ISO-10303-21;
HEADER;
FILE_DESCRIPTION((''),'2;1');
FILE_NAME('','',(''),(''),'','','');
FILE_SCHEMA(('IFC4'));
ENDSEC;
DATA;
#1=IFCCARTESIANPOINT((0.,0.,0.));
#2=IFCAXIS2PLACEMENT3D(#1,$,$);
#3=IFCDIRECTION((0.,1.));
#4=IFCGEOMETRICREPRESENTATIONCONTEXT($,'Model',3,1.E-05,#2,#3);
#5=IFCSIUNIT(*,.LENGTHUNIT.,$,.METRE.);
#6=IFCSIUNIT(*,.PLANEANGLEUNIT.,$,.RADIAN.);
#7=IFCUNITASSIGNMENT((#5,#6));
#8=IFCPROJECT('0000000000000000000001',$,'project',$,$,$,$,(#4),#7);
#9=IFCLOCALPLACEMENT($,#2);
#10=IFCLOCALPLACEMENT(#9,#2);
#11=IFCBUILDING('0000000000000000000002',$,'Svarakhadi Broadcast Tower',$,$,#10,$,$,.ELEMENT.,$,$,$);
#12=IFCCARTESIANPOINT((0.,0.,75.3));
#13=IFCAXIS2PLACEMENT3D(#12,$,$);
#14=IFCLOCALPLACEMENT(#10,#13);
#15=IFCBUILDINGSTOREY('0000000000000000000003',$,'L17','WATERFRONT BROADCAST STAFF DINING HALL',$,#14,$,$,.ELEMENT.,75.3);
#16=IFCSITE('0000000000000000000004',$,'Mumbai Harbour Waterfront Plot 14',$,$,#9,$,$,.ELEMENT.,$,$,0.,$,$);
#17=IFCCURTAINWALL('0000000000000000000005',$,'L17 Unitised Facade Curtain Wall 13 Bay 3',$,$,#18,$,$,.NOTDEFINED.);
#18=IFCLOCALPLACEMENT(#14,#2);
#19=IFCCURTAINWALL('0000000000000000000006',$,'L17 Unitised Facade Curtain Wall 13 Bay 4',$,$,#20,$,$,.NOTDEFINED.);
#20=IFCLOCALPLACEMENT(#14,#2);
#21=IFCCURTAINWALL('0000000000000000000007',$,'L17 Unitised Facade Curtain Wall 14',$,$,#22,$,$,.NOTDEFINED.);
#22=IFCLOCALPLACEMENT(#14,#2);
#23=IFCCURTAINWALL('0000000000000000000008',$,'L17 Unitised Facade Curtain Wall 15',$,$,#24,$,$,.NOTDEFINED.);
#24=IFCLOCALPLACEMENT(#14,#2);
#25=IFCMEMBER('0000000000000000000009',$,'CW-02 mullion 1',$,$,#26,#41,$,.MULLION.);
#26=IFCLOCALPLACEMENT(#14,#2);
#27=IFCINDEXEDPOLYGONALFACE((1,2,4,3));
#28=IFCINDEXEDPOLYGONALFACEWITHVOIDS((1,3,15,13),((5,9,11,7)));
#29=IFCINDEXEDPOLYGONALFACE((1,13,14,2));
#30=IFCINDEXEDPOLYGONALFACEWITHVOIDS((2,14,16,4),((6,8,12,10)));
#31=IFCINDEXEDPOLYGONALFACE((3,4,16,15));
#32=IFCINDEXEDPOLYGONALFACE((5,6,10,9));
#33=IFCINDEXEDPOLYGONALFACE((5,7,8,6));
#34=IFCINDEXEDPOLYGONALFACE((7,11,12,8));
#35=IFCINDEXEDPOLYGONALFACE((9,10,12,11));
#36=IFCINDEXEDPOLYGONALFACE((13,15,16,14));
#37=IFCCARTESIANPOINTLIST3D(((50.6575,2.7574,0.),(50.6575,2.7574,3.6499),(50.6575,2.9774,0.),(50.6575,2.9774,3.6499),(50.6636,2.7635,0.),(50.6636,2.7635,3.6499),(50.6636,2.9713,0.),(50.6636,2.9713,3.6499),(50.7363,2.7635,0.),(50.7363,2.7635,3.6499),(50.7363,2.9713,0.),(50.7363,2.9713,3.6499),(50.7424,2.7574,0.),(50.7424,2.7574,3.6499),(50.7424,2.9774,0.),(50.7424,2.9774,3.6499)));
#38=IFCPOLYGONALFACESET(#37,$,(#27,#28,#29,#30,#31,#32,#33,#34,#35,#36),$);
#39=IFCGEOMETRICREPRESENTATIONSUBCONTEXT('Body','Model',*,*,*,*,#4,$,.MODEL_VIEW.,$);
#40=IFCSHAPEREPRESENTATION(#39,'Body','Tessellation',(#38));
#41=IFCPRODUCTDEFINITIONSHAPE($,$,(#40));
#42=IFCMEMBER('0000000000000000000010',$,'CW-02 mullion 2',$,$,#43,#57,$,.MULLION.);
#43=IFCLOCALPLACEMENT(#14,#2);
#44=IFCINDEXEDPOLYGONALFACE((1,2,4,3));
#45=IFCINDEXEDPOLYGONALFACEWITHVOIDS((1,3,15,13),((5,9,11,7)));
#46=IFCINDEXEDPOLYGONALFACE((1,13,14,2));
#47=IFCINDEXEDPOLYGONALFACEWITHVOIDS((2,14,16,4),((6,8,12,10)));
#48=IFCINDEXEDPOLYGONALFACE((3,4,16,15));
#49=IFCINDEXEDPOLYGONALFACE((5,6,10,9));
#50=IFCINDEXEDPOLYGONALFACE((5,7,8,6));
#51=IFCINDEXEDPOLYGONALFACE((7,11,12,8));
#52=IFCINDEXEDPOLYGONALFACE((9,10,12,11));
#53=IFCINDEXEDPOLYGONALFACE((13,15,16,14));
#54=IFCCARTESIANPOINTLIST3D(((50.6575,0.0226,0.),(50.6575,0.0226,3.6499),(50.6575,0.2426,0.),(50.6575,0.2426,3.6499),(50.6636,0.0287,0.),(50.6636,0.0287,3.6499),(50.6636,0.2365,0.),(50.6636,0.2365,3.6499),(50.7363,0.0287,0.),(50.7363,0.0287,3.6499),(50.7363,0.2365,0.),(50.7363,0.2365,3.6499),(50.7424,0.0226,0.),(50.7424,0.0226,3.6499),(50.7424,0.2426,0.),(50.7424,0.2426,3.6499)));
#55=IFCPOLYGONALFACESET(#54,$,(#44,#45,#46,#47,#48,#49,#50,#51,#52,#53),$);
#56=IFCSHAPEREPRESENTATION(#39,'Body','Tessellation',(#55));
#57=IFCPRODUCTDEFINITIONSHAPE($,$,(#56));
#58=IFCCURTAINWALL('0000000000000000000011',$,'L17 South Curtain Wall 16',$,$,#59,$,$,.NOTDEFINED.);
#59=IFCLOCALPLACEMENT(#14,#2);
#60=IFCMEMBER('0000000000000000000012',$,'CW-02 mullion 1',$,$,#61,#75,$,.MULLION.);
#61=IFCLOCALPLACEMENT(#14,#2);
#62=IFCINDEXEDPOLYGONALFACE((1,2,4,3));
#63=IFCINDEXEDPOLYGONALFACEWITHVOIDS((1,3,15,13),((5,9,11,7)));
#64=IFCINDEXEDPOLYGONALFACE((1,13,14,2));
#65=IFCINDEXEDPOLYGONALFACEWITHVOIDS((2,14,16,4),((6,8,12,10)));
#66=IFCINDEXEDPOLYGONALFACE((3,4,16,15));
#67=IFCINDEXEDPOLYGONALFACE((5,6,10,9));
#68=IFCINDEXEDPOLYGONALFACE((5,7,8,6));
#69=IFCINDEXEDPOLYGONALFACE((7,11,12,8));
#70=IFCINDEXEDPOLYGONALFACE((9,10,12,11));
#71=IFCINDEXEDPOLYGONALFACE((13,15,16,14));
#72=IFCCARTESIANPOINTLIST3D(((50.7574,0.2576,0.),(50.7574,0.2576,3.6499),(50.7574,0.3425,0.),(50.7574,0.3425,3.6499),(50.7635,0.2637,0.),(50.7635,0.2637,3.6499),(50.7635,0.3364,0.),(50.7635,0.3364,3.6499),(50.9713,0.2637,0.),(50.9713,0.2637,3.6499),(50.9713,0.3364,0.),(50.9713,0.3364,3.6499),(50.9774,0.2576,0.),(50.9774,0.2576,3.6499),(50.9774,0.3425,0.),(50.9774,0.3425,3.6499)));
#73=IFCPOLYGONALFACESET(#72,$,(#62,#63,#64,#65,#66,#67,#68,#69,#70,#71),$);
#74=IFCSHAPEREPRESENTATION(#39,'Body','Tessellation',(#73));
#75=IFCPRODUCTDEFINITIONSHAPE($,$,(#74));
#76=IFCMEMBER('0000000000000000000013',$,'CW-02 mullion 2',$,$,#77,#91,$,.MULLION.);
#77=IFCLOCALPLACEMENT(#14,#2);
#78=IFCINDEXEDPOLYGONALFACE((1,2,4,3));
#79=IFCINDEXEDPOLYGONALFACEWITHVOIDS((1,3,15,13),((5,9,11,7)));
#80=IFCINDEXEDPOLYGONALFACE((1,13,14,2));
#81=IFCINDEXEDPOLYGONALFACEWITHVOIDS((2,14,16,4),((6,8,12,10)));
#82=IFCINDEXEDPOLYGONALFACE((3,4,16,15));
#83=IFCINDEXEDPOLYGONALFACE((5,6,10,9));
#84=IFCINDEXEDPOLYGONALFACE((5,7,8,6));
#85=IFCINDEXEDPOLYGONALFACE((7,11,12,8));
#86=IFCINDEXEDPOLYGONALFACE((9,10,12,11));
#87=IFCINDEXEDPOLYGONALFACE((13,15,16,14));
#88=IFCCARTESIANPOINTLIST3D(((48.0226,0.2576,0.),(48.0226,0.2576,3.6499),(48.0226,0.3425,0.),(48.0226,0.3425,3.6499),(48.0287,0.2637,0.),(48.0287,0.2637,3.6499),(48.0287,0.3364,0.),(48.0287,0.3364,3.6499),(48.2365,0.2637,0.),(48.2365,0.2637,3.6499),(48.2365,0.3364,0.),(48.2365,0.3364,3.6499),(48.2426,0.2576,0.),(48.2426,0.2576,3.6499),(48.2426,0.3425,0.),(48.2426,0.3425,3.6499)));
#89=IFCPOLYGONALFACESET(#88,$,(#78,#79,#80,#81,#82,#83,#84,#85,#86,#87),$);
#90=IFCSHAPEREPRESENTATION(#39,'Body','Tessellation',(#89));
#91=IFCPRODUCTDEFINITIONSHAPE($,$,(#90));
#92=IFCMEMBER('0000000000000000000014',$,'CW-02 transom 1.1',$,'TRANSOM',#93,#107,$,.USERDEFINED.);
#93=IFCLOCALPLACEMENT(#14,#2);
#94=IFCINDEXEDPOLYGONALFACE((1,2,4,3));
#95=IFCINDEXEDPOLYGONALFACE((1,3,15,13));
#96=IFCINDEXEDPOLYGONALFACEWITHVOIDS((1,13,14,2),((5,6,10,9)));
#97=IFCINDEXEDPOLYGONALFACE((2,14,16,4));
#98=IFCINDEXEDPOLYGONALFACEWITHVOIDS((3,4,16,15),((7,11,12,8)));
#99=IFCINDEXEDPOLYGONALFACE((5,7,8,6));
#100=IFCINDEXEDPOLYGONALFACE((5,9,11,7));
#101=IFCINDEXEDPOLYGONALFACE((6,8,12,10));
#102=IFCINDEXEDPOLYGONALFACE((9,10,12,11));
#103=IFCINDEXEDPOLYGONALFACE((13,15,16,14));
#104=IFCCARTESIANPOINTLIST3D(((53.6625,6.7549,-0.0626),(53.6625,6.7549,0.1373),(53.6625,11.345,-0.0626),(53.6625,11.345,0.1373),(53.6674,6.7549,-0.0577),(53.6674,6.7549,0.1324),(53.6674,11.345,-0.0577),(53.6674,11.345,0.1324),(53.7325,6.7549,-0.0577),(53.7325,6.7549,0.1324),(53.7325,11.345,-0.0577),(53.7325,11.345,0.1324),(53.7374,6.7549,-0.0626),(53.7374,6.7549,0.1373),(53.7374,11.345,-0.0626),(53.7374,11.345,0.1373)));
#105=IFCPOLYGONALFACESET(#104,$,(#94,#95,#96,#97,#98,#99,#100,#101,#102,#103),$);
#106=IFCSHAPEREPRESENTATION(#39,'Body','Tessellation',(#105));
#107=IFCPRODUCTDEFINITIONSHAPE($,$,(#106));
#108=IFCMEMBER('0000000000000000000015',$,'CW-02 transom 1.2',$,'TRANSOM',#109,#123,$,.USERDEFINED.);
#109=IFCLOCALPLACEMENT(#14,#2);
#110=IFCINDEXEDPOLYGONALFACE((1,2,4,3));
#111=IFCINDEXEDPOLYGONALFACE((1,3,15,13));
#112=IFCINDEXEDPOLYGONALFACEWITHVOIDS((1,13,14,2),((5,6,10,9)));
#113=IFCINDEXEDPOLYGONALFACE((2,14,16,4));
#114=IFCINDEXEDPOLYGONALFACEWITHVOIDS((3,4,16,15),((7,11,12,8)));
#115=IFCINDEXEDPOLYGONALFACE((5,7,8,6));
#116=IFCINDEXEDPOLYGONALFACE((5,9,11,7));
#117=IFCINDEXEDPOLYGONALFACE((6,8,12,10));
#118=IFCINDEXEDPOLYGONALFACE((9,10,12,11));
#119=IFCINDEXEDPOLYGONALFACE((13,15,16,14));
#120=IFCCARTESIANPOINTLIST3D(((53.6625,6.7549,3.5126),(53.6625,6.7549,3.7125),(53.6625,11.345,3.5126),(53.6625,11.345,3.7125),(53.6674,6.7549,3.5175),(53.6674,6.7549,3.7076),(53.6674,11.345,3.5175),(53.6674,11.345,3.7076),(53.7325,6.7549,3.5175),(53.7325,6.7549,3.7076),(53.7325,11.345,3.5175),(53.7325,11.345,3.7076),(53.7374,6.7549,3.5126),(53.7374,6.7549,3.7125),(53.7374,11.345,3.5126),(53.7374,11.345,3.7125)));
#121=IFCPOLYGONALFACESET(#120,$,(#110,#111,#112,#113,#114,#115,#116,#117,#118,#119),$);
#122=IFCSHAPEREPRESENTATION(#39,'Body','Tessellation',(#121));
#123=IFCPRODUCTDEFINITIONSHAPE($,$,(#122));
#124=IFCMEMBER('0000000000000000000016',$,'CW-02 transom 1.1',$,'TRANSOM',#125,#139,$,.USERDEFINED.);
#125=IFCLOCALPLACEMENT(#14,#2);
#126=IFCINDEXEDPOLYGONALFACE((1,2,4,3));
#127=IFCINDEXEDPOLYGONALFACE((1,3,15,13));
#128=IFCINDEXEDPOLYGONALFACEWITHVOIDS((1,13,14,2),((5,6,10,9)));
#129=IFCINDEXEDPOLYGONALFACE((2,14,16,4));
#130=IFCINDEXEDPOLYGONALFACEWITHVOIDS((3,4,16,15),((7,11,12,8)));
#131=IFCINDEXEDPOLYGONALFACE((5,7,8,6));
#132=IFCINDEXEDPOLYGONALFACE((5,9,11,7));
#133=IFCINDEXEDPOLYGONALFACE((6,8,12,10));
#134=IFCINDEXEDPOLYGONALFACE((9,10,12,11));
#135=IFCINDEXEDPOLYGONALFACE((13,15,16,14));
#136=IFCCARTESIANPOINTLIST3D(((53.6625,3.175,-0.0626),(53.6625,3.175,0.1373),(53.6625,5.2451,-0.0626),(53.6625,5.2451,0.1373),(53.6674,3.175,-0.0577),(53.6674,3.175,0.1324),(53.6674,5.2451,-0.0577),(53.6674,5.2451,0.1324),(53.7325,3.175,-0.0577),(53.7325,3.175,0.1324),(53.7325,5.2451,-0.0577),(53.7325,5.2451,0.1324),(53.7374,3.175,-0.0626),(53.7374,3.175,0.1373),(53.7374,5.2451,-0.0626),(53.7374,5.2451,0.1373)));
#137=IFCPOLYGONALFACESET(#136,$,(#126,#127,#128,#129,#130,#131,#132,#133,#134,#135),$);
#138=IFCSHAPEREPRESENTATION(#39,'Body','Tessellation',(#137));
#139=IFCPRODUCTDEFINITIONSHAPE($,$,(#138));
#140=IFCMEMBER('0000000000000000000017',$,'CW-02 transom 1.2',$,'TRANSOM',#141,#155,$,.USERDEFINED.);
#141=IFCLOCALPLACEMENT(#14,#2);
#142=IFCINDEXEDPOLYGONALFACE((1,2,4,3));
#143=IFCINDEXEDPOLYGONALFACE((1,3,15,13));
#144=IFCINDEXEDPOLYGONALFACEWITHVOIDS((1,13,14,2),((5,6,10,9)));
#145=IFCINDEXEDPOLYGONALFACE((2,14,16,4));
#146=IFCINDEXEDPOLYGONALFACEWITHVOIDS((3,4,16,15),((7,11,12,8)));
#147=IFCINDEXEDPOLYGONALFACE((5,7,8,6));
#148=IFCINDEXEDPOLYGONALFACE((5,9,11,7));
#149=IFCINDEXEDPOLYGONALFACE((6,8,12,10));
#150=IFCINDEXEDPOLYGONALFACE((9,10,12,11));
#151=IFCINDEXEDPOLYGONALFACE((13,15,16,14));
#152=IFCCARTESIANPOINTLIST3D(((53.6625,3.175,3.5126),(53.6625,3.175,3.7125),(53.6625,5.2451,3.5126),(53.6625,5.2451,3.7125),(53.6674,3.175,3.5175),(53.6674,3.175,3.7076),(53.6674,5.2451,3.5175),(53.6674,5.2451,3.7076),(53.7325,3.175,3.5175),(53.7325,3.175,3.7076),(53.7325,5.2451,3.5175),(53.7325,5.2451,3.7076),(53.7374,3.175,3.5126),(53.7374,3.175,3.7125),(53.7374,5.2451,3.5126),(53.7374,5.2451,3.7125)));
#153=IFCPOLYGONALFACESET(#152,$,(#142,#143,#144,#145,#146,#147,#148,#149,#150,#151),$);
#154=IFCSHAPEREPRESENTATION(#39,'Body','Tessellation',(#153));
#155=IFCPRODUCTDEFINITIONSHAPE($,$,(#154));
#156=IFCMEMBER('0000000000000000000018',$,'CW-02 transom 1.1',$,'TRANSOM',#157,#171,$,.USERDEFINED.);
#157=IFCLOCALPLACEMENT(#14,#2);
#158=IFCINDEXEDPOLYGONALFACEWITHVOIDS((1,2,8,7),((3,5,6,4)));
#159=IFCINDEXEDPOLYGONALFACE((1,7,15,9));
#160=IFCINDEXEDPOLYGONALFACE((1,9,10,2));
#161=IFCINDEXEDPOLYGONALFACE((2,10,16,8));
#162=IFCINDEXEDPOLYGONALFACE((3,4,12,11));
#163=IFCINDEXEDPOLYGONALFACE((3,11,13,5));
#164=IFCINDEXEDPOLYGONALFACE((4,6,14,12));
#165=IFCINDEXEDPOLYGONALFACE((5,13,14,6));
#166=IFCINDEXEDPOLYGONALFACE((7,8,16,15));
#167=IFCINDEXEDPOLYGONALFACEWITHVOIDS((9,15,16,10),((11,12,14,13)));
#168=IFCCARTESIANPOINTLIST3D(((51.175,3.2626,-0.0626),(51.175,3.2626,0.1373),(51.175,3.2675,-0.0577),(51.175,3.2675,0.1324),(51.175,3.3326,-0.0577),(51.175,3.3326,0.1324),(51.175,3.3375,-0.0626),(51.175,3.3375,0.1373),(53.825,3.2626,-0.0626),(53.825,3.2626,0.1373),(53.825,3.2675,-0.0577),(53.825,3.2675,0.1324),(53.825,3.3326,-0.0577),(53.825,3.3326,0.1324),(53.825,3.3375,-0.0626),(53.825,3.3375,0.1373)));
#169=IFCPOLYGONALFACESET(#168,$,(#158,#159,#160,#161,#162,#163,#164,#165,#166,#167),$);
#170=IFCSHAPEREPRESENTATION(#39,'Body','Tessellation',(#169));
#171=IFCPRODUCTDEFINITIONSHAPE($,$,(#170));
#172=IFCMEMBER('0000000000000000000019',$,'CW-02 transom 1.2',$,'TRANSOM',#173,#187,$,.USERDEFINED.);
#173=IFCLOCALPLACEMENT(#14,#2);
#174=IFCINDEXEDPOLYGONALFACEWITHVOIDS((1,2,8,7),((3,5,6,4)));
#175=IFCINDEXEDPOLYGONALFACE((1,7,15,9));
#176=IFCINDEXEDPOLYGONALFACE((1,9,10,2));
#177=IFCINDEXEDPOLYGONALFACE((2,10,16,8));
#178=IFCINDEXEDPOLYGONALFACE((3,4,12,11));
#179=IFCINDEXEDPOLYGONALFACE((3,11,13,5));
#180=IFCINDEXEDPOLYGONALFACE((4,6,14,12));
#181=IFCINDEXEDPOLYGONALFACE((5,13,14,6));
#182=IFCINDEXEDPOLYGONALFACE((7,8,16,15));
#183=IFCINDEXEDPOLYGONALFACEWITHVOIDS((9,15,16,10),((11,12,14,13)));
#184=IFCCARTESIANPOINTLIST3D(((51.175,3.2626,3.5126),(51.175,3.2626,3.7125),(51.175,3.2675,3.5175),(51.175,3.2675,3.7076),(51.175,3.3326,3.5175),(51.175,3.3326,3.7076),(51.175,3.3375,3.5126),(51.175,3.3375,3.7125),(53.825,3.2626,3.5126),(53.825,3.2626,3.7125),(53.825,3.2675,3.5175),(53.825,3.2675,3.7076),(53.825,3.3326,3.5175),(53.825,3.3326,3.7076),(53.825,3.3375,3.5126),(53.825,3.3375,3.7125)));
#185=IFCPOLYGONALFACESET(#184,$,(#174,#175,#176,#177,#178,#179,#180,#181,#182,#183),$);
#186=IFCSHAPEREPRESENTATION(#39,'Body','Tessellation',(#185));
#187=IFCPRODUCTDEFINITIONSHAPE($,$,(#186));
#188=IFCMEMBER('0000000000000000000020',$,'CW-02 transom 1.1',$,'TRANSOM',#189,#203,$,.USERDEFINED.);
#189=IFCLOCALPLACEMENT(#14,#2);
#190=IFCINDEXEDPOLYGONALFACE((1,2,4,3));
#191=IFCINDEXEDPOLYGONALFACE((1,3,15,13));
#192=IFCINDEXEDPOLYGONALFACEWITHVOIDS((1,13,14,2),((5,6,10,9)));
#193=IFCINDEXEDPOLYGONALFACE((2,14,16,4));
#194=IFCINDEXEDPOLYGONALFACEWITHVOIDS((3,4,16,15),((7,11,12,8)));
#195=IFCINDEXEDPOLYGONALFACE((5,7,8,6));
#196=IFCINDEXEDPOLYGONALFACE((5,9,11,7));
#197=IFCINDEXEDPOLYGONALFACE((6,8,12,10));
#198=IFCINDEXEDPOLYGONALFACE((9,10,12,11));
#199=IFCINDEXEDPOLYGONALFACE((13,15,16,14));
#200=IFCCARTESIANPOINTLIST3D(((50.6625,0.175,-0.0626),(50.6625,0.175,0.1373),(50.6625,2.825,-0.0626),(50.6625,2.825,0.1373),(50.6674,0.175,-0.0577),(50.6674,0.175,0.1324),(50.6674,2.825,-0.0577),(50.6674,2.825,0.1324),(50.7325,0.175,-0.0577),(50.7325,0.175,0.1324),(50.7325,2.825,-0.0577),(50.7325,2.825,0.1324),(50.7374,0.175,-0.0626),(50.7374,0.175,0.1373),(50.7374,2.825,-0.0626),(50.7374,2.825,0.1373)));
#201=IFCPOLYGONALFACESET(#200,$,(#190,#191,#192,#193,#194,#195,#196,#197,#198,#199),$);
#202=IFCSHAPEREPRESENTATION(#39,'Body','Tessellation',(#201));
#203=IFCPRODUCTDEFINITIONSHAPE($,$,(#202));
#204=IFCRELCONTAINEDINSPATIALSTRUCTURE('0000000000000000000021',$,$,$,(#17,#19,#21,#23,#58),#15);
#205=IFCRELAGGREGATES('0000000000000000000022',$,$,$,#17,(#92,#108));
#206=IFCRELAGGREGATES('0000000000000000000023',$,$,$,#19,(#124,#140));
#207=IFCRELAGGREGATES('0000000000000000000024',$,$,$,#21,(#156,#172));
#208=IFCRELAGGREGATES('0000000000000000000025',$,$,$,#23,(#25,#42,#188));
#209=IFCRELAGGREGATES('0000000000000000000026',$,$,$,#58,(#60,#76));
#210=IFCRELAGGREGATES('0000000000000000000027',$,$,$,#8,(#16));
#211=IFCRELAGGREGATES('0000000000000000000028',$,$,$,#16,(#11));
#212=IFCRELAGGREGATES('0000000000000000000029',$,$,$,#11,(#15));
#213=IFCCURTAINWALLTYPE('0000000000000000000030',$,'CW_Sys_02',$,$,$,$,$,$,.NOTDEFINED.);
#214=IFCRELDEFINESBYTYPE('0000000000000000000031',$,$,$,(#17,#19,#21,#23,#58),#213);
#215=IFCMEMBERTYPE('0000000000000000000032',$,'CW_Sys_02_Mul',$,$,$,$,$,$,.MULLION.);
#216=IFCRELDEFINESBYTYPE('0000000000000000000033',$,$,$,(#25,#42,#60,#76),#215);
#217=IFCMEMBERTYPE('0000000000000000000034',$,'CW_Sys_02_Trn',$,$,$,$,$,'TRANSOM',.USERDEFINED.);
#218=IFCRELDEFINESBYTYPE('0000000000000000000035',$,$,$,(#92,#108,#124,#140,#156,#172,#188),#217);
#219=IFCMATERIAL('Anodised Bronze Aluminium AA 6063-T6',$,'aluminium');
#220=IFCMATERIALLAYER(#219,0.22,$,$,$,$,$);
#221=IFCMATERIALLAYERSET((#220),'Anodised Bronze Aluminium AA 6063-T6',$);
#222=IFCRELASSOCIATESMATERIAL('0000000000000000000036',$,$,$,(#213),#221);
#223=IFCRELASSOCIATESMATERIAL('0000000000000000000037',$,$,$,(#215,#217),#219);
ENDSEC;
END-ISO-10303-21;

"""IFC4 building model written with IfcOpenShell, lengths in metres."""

from ifc_helpers import new_model, si_unit, direction, frame, origin, origin_2d, place, context, subcontext, project, spatial, hollow_rectangle, extrude, material, layer, layer_set, material_profile, profile_set, type_object, element, aggregate, save


model = new_model("IFC4")

# Units and contexts
model_context = context("Model", 3, precision=1e-05, world=origin(), true_north=direction((0.0, 1.0)))
body_context = subcontext(model_context, "Body", "Model", "MODEL_VIEW")
ifc_project = project(units=[si_unit("LENGTHUNIT", "METRE"), si_unit("PLANEANGLEUNIT", "RADIAN")], contexts=[model_context])

# Site, building, storey
site_placement = place(None, origin())
site = spatial("IfcSite", under=ifc_project, at=site_placement, Name="Mumbai Harbour Waterfront Plot 14", CompositionType="ELEMENT", RefElevation=0.0)
building_placement = place(site_placement, origin())
building = spatial("IfcBuilding", under=site, at=building_placement, Name="Svarakhadi Broadcast Tower", CompositionType="ELEMENT")
storey_placement = place(building_placement, frame((0.0, 0.0, 75.3)))
storey = spatial("IfcBuildingStorey", under=building, at=storey_placement, Name="L17", Description="WATERFRONT BROADCAST STAFF DINING HALL", CompositionType="ELEMENT", Elevation=75.3)

# Curtain walls, members
ifc_material_1 = material(Name="Anodised Bronze Aluminium AA 6063-T6", Category="aluminium")
ifc_layer_1 = layer(ifc_material_1, 0.22)
ifc_layer_set_1 = layer_set([ifc_layer_1], Name="Anodised Bronze Aluminium AA 6063-T6")
curtain_wall_type = type_object("IfcCurtainWallType", Name="CW_Sys_02", PredefinedType="NOTDEFINED", material=ifc_layer_set_1)
curtain_wall_1_placement = place(storey_placement, origin())
curtain_wall_1 = element("IfcCurtainWall", 1, at=curtain_wall_1_placement, inside=storey, type_object=curtain_wall_type, Name="L17 Unitised Facade Curtain Wall 13 Bay 3", PredefinedType="NOTDEFINED")
ifc_material_profile_1 = material_profile(ifc_material_1, hollow_rectangle(XDim=0.085, YDim=0.22, WallThickness=0.0061, at=origin_2d()), Name="ALU MULLION 220x85x6")
ifc_profile_set_1 = profile_set([ifc_material_profile_1], Name="Anodised Bronze Aluminium AA 6063-T6")
member_type_1 = type_object("IfcMemberType", Name="CW_Sys_02_Mul", PredefinedType="MULLION", material=ifc_profile_set_1)
curtain_wall_2_placement = place(storey_placement, origin())
curtain_wall_2 = element("IfcCurtainWall", 2, at=curtain_wall_2_placement, inside=storey, type_object=curtain_wall_type, Name="L17 Unitised Facade Curtain Wall 13 Bay 4", PredefinedType="NOTDEFINED")
curtain_wall_3_placement = place(storey_placement, origin())
curtain_wall_3 = element("IfcCurtainWall", 3, at=curtain_wall_3_placement, inside=storey, type_object=curtain_wall_type, Name="L17 Unitised Facade Curtain Wall 14", PredefinedType="NOTDEFINED")
curtain_wall_4_placement = place(storey_placement, origin())
curtain_wall_4 = element("IfcCurtainWall", 4, at=curtain_wall_4_placement, inside=storey, type_object=curtain_wall_type, Name="L17 Unitised Facade Curtain Wall 15", PredefinedType="NOTDEFINED")
member_1_placement = place(storey_placement, frame((50.7, 2.8674, 0.0), z_axis=(0.0, 0.0, 1.0), x_axis=(1.0, 0.0, 0.0)))
member_1 = element("IfcMember", 5, at=member_1_placement, type_object=member_type_1, Name="CW-02 mullion 1", PredefinedType="MULLION", context=body_context, shape_type="SweptSolid", body=[
    extrude(hollow_rectangle(XDim=0.085, YDim=0.22, WallThickness=0.0061, at=origin_2d()), origin(), (0.0, 0.0, 1.0), 3.6499),
])
member_2_placement = place(storey_placement, frame((50.7, 0.1326, 0.0), z_axis=(0.0, 0.0, 1.0), x_axis=(1.0, 0.0, 0.0)))
member_2 = element("IfcMember", 6, at=member_2_placement, type_object=member_type_1, Name="CW-02 mullion 2", PredefinedType="MULLION", context=body_context, shape_type="SweptSolid", body=[
    extrude(hollow_rectangle(XDim=0.085, YDim=0.22, WallThickness=0.0061, at=origin_2d()), origin(), (0.0, 0.0, 1.0), 3.6499),
])
curtain_wall_5_placement = place(storey_placement, origin())
curtain_wall_5 = element("IfcCurtainWall", 7, at=curtain_wall_5_placement, inside=storey, type_object=curtain_wall_type, Name="L17 South Curtain Wall 16", PredefinedType="NOTDEFINED")
member_3_placement = place(storey_placement, frame((50.8674, 0.3, 0.0), z_axis=(0.0, 0.0, 1.0), x_axis=(0.0, -1.0, 0.0)))
member_3 = element("IfcMember", 8, at=member_3_placement, type_object=member_type_1, Name="CW-02 mullion 1", PredefinedType="MULLION", context=body_context, shape_type="SweptSolid", body=[
    extrude(hollow_rectangle(XDim=0.085, YDim=0.22, WallThickness=0.0061, at=origin_2d()), origin(), (0.0, 0.0, 1.0), 3.6499),
])
member_4_placement = place(storey_placement, frame((48.1326, 0.3, 0.0), z_axis=(0.0, 0.0, 1.0), x_axis=(0.0, -1.0, 0.0)))
member_4 = element("IfcMember", 9, at=member_4_placement, type_object=member_type_1, Name="CW-02 mullion 2", PredefinedType="MULLION", context=body_context, shape_type="SweptSolid", body=[
    extrude(hollow_rectangle(XDim=0.085, YDim=0.22, WallThickness=0.0061, at=origin_2d()), origin(), (0.0, 0.0, 1.0), 3.6499),
])

# Members
ifc_material_profile_2 = material_profile(ifc_material_1, hollow_rectangle(XDim=0.075, YDim=0.2, WallThickness=0.0049, at=origin_2d()), Name="ALU TRANSOM 200x75x5")
ifc_profile_set_2 = profile_set([ifc_material_profile_2], Name="Anodised Bronze Aluminium AA 6063-T6")
member_type_2 = type_object("IfcMemberType", Name="CW_Sys_02_Trn", ElementType="TRANSOM", PredefinedType="USERDEFINED", material=ifc_profile_set_2)
member_5_placement = place(storey_placement, frame((53.7, 11.345, 0.0374), z_axis=(0.0, -1.0, 0.0), x_axis=(1.0, 0.0, 0.0)))
member_5 = element("IfcMember", 10, at=member_5_placement, type_object=member_type_2, Name="CW-02 transom 1.1", ObjectType="TRANSOM", PredefinedType="USERDEFINED", context=body_context, shape_type="SweptSolid", body=[
    extrude(hollow_rectangle(XDim=0.075, YDim=0.2, WallThickness=0.0049, at=origin_2d()), origin(), (0.0, 0.0, 1.0), 4.5901),
])
member_6_placement = place(storey_placement, frame((53.7, 11.345, 3.6125), z_axis=(0.0, -1.0, 0.0), x_axis=(1.0, 0.0, 0.0)))
member_6 = element("IfcMember", 11, at=member_6_placement, type_object=member_type_2, Name="CW-02 transom 1.2", ObjectType="TRANSOM", PredefinedType="USERDEFINED", context=body_context, shape_type="SweptSolid", body=[
    extrude(hollow_rectangle(XDim=0.075, YDim=0.2, WallThickness=0.0049, at=origin_2d()), origin(), (0.0, 0.0, 1.0), 4.5901),
])
member_7_placement = place(storey_placement, frame((53.7, 5.2451, 0.0374), z_axis=(0.0, -1.0, 0.0), x_axis=(1.0, 0.0, 0.0)))
member_7 = element("IfcMember", 12, at=member_7_placement, type_object=member_type_2, Name="CW-02 transom 1.1", ObjectType="TRANSOM", PredefinedType="USERDEFINED", context=body_context, shape_type="SweptSolid", body=[
    extrude(hollow_rectangle(XDim=0.075, YDim=0.2, WallThickness=0.0049, at=origin_2d()), origin(), (0.0, 0.0, 1.0), 2.0701),
])
member_8_placement = place(storey_placement, frame((53.7, 5.2451, 3.6125), z_axis=(0.0, -1.0, 0.0), x_axis=(1.0, 0.0, 0.0)))
member_8 = element("IfcMember", 13, at=member_8_placement, type_object=member_type_2, Name="CW-02 transom 1.2", ObjectType="TRANSOM", PredefinedType="USERDEFINED", context=body_context, shape_type="SweptSolid", body=[
    extrude(hollow_rectangle(XDim=0.075, YDim=0.2, WallThickness=0.0049, at=origin_2d()), origin(), (0.0, 0.0, 1.0), 2.0701),
])
member_9_placement = place(storey_placement, frame((53.825, 3.3, 0.0374), z_axis=(-1.0, 0.0, 0.0), x_axis=(0.0, -1.0, 0.0)))
member_9 = element("IfcMember", 14, at=member_9_placement, type_object=member_type_2, Name="CW-02 transom 1.1", ObjectType="TRANSOM", PredefinedType="USERDEFINED", context=body_context, shape_type="SweptSolid", body=[
    extrude(hollow_rectangle(XDim=0.075, YDim=0.2, WallThickness=0.0049, at=origin_2d()), origin(), (0.0, 0.0, 1.0), 2.6499),
])
member_10_placement = place(storey_placement, frame((53.825, 3.3, 3.6125), z_axis=(-1.0, 0.0, 0.0), x_axis=(0.0, -1.0, 0.0)))
member_10 = element("IfcMember", 15, at=member_10_placement, type_object=member_type_2, Name="CW-02 transom 1.2", ObjectType="TRANSOM", PredefinedType="USERDEFINED", context=body_context, shape_type="SweptSolid", body=[
    extrude(hollow_rectangle(XDim=0.075, YDim=0.2, WallThickness=0.0049, at=origin_2d()), origin(), (0.0, 0.0, 1.0), 2.6499),
])
member_11_placement = place(storey_placement, frame((50.7, 2.825, 0.0374), z_axis=(0.0, -1.0, 0.0), x_axis=(1.0, 0.0, 0.0)))
member_11 = element("IfcMember", 16, at=member_11_placement, type_object=member_type_2, Name="CW-02 transom 1.1", ObjectType="TRANSOM", PredefinedType="USERDEFINED", context=body_context, shape_type="SweptSolid", body=[
    extrude(hollow_rectangle(XDim=0.075, YDim=0.2, WallThickness=0.0049, at=origin_2d()), origin(), (0.0, 0.0, 1.0), 2.6499),
])

aggregate(curtain_wall_1, [member_5, member_6])
aggregate(curtain_wall_2, [member_7, member_8])
aggregate(curtain_wall_3, [member_9, member_10])
aggregate(curtain_wall_4, [member_1, member_2, member_11])
aggregate(curtain_wall_5, [member_3, member_4])

save(model, "model.ifc")
